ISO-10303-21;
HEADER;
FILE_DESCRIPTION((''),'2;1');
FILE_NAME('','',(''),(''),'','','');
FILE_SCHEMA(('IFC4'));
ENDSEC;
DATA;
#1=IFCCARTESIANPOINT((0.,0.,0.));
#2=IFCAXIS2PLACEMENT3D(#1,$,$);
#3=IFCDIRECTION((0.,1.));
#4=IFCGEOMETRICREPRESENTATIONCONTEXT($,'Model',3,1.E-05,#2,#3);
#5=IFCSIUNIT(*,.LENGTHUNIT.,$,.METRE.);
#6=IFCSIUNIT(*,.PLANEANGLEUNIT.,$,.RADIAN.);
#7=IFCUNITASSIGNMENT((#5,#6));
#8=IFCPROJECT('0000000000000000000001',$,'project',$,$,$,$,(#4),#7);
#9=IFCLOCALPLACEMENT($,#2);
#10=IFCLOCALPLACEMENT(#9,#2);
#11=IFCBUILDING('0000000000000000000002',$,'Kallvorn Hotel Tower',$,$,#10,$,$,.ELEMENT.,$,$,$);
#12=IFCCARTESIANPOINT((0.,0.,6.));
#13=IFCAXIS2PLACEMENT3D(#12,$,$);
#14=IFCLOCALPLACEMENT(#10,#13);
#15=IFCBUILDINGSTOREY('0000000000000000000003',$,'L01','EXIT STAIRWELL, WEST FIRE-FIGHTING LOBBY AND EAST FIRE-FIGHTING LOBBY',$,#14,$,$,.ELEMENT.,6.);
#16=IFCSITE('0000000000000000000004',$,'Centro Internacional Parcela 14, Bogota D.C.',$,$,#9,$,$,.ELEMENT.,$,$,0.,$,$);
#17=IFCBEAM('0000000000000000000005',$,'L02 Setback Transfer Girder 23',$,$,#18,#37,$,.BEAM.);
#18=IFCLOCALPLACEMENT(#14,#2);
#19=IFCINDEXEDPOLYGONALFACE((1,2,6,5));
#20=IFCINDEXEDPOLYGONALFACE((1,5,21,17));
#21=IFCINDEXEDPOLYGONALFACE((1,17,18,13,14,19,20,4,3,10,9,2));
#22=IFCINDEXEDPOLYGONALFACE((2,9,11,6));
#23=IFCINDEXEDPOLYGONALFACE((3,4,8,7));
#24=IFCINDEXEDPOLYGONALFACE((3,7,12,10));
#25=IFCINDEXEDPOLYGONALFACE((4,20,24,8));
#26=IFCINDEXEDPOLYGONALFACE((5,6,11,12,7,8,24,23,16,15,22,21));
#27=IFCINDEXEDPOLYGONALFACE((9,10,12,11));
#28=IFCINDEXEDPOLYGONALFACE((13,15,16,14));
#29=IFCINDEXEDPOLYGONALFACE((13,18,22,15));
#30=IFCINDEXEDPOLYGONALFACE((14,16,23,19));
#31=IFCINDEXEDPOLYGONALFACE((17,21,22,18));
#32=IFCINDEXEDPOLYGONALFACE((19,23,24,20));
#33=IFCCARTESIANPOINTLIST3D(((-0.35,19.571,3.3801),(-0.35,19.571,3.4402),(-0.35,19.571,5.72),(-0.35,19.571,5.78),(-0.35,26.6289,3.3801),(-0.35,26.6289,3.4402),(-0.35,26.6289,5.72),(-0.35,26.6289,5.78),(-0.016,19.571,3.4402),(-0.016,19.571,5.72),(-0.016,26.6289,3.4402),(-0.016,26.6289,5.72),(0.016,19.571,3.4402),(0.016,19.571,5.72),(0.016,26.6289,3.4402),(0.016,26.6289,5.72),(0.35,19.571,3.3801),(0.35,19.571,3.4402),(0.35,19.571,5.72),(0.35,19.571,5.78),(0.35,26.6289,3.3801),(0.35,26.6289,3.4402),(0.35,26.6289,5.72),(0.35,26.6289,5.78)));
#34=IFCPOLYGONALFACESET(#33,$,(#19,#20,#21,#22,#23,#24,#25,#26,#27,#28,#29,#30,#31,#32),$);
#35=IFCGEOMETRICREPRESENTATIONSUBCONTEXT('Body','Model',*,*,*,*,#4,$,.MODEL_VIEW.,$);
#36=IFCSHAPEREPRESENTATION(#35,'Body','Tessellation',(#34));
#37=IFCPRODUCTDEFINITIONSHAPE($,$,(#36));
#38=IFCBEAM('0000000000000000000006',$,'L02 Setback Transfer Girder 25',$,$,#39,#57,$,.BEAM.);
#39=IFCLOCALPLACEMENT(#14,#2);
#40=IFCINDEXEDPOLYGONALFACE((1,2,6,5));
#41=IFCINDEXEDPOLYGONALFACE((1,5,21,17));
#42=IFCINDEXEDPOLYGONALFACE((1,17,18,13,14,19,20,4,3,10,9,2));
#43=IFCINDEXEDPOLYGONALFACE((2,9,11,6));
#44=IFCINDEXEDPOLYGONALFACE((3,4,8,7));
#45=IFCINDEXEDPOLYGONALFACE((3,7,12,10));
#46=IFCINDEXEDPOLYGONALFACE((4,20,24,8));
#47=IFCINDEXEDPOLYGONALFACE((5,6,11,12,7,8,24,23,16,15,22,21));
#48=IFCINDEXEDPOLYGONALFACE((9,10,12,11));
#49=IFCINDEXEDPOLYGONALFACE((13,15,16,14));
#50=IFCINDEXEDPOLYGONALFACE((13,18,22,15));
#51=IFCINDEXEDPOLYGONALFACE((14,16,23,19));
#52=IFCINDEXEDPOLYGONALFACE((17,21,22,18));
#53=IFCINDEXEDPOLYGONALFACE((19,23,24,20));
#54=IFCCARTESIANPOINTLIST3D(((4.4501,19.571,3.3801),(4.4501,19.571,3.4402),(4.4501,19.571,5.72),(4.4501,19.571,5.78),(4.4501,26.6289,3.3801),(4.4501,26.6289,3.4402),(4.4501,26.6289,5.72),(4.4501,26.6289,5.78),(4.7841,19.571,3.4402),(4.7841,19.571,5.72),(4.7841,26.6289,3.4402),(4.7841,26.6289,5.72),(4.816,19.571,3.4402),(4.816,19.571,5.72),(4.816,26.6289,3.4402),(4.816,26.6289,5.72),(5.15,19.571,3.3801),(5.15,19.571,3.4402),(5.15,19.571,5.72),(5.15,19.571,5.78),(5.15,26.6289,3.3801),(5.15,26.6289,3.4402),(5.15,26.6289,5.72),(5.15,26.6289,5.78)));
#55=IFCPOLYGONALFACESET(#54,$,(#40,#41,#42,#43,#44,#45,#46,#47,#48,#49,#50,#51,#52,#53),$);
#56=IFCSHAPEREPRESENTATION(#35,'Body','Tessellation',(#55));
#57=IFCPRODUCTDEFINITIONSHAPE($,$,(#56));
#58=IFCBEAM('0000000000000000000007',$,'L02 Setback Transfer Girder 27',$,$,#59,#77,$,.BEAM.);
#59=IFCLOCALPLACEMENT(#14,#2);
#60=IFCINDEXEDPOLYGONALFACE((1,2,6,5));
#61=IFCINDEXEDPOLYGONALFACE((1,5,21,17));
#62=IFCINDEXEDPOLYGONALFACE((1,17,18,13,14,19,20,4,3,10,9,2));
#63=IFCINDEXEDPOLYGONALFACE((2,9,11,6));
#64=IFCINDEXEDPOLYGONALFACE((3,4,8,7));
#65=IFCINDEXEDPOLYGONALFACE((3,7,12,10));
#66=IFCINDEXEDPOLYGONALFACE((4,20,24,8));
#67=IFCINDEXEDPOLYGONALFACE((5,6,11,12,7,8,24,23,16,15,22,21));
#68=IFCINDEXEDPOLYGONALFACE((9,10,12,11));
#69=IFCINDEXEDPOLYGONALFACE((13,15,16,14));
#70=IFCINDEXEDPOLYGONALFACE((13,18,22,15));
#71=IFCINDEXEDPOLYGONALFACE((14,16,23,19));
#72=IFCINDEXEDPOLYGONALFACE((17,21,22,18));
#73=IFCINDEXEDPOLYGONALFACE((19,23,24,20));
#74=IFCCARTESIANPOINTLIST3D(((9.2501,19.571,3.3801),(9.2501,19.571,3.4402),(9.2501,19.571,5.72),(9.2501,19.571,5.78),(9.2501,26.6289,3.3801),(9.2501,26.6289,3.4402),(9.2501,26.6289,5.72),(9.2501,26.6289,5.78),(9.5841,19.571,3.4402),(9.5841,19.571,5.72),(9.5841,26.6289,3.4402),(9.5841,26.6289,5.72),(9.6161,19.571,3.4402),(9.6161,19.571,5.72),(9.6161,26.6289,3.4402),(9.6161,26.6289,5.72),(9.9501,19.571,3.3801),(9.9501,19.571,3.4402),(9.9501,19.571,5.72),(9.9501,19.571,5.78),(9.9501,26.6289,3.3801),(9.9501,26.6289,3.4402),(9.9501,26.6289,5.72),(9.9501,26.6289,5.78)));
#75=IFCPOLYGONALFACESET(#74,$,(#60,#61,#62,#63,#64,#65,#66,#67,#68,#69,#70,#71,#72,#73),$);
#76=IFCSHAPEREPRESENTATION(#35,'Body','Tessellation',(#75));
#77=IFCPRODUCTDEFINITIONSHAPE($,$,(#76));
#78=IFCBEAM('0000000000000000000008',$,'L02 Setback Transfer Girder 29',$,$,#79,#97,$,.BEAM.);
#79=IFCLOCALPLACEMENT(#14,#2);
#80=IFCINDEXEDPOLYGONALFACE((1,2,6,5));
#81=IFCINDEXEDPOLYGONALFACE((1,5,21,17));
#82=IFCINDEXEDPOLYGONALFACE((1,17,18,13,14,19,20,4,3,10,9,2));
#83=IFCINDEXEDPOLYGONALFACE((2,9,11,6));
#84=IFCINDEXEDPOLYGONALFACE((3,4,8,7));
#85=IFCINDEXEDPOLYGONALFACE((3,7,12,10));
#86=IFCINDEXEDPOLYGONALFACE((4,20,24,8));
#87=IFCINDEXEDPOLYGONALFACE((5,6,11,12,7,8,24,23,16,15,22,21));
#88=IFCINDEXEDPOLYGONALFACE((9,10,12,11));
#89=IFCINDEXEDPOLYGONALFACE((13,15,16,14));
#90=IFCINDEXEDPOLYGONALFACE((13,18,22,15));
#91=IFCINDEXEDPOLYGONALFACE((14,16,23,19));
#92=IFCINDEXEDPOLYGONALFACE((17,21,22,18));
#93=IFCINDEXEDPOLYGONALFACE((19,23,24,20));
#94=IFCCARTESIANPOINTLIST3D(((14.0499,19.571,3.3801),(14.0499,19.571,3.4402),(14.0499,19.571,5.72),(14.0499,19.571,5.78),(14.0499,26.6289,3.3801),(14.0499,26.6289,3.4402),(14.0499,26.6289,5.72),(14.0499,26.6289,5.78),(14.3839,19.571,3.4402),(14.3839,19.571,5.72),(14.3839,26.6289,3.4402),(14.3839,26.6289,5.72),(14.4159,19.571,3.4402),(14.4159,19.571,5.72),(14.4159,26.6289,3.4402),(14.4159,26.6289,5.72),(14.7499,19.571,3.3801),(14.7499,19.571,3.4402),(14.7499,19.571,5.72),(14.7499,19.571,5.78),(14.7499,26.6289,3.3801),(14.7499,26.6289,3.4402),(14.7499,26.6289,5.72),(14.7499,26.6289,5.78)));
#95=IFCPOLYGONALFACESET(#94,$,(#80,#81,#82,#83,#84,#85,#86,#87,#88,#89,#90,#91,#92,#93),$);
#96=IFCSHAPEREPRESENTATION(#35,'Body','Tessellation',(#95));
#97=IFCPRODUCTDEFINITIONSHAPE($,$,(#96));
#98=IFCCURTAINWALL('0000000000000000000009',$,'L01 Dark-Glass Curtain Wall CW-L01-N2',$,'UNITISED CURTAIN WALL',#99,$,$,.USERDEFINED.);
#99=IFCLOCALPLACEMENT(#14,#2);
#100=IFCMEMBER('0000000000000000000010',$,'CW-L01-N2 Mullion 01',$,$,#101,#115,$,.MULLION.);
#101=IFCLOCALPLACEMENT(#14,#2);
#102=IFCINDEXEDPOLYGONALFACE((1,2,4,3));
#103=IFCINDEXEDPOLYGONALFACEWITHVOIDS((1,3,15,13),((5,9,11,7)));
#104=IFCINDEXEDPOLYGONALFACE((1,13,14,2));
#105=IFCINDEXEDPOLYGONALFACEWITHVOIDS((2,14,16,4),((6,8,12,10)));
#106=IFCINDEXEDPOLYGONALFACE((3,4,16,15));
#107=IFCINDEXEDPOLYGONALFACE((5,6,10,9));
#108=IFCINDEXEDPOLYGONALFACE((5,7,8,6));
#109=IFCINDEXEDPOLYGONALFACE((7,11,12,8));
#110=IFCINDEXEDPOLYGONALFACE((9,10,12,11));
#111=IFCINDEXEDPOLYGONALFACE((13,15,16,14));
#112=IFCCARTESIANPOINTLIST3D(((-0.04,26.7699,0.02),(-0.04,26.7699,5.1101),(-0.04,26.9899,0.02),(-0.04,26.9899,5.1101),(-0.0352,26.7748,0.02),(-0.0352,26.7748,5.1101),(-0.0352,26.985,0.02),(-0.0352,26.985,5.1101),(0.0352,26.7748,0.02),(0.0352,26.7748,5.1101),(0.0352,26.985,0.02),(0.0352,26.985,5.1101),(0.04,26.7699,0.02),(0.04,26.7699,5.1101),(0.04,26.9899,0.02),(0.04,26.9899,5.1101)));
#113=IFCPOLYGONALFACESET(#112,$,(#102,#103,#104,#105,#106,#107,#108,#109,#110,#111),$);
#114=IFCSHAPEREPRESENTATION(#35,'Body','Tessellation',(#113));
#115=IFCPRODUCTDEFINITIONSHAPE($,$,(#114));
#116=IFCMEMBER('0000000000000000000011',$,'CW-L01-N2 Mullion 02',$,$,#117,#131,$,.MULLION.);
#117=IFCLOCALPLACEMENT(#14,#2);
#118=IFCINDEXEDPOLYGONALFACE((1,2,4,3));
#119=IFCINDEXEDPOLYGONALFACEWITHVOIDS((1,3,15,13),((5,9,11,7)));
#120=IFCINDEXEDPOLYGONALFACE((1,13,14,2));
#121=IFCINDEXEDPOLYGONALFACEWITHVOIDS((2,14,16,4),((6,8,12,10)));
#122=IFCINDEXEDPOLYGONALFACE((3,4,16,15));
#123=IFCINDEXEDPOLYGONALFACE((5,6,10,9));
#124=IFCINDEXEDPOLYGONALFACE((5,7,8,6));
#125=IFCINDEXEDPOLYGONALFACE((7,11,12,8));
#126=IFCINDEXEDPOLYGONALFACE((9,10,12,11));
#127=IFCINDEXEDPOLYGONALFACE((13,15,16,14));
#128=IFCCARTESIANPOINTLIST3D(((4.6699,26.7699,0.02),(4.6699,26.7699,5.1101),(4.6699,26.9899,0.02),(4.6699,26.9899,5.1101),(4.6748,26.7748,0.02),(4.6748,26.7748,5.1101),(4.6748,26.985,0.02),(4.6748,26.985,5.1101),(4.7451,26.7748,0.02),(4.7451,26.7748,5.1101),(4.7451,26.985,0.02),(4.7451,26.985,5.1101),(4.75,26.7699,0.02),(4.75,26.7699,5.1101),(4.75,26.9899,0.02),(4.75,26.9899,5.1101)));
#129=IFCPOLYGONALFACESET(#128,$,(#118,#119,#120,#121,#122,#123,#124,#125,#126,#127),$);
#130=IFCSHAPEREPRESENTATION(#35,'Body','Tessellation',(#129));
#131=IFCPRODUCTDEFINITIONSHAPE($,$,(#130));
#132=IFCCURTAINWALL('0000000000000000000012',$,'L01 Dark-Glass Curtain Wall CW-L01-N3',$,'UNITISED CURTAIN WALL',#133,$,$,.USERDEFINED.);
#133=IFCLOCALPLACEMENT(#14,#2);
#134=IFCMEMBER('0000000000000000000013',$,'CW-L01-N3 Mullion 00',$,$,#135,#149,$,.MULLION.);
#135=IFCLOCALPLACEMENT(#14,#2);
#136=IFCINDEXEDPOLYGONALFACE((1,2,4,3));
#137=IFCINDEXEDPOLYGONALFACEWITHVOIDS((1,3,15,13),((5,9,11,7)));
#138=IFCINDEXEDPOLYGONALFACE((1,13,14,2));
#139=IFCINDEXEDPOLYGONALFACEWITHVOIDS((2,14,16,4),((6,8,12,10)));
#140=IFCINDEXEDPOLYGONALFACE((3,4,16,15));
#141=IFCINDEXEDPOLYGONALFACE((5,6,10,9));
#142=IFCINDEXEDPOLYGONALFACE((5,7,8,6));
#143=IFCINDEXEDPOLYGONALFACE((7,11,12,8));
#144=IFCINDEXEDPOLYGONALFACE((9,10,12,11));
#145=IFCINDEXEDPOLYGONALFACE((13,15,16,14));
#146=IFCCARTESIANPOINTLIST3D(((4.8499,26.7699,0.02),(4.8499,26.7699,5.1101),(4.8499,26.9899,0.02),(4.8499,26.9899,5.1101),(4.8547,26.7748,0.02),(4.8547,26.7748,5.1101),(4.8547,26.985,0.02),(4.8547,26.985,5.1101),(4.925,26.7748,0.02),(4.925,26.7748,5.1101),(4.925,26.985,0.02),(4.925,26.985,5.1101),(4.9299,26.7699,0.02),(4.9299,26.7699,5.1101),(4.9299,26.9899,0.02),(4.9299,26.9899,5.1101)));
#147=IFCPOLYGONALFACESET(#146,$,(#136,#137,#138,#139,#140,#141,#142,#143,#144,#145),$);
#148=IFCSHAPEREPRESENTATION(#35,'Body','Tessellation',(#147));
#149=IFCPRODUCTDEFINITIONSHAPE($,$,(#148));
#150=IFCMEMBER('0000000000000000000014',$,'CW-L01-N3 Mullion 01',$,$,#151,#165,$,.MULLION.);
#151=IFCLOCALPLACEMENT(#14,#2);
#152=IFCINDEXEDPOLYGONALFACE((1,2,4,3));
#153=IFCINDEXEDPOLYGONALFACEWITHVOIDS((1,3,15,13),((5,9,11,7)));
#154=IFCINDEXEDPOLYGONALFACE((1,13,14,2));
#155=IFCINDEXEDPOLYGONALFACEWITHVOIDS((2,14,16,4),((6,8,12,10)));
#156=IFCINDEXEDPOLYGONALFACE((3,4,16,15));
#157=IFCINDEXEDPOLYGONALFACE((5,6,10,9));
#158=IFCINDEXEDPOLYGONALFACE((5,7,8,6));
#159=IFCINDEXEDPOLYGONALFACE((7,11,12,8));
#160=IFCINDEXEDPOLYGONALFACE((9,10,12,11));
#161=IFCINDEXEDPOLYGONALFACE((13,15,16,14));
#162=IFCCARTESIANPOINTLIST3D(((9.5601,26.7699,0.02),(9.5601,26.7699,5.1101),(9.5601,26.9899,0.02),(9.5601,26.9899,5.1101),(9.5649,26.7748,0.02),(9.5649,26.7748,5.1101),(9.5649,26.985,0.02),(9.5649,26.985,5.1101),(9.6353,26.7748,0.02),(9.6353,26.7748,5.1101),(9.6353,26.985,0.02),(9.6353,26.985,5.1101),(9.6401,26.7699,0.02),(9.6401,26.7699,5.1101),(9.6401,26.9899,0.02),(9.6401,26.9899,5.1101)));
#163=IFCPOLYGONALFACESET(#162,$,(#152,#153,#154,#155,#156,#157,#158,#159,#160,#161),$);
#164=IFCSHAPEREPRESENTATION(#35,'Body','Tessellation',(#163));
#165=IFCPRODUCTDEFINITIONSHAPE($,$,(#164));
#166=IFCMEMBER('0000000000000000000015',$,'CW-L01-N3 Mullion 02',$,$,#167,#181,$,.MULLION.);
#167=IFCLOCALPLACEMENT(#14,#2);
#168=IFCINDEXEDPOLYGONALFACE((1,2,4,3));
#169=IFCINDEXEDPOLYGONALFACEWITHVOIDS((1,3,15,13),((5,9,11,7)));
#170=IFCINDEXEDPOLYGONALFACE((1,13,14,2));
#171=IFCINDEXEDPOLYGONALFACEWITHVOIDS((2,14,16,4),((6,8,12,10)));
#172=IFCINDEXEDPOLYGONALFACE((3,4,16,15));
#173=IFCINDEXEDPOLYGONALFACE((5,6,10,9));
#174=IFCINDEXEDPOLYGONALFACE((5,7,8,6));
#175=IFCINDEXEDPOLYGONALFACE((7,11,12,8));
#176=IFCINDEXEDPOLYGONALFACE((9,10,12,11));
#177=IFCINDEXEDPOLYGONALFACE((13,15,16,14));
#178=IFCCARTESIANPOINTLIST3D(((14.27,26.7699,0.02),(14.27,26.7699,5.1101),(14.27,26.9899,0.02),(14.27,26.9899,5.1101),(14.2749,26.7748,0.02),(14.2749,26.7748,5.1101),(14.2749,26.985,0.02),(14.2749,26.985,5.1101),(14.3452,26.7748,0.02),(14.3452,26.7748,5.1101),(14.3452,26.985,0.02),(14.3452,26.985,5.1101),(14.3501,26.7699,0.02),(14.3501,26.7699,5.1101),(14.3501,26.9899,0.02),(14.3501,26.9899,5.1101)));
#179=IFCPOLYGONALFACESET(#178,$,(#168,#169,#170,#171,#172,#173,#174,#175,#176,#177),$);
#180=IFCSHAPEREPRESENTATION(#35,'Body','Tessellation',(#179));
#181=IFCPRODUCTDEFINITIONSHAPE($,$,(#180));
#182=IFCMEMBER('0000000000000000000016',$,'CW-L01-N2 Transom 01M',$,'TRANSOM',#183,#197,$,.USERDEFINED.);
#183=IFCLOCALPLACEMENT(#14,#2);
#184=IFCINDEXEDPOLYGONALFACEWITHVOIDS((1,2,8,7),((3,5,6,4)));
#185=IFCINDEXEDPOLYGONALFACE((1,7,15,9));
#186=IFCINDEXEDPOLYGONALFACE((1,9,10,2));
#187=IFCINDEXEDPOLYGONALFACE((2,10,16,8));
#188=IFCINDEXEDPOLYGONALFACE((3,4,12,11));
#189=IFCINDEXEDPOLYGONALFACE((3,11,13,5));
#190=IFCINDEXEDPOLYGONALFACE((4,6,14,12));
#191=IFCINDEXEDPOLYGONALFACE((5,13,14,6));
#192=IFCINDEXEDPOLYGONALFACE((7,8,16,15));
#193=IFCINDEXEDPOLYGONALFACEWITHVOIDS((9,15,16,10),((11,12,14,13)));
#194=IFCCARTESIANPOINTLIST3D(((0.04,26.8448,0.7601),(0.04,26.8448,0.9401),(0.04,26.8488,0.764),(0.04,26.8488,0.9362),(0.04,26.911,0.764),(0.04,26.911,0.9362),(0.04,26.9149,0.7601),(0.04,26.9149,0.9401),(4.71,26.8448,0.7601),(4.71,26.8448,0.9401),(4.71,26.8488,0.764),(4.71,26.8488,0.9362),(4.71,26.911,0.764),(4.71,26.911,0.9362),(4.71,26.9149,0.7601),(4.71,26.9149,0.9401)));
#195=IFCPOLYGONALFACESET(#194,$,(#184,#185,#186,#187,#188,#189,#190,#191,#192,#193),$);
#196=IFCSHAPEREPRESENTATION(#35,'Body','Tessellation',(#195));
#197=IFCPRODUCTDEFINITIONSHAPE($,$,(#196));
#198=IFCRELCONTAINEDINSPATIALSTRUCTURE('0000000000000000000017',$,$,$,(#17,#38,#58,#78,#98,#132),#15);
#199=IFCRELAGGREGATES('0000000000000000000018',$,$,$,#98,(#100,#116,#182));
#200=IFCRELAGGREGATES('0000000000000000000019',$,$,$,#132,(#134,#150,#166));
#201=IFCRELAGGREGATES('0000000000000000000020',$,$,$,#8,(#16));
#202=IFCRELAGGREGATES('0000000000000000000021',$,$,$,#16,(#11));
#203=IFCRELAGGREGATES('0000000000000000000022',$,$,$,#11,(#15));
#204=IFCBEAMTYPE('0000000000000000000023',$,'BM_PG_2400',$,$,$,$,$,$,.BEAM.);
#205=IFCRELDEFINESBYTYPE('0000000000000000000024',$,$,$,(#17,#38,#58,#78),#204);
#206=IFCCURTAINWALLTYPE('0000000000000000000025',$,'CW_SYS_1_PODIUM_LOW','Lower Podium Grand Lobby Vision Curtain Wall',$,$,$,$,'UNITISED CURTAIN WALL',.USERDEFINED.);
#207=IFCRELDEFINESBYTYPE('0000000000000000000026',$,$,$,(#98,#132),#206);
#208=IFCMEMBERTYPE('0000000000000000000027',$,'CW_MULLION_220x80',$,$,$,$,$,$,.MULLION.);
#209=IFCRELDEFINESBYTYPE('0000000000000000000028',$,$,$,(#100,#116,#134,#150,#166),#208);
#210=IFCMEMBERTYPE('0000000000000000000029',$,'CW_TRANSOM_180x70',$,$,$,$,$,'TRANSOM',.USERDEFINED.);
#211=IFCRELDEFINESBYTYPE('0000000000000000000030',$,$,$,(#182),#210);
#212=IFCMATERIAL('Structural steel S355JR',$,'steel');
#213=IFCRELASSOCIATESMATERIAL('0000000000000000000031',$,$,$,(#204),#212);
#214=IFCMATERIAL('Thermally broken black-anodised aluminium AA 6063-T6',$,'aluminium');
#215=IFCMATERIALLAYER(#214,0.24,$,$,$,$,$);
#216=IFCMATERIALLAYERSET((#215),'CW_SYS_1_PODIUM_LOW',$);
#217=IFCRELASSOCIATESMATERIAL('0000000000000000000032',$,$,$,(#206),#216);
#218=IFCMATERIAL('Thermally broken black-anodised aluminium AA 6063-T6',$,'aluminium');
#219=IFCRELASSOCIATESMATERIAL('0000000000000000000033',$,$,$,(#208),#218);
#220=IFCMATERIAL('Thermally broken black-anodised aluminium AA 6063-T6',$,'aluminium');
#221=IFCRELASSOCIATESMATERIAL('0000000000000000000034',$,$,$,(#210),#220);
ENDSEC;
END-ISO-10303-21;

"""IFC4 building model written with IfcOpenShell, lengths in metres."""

from ifc_helpers import new_model, si_unit, direction, frame, origin, origin_2d, place, context, subcontext, project, spatial, hollow_rectangle, i_section, extrude, material, layer, layer_set, material_profile, profile_set, type_object, element, aggregate, save


model = new_model("IFC4")

# Units and contexts
model_context = context("Model", 3, precision=1e-05, world=origin(), true_north=direction((0.0, 1.0)))
body_context = subcontext(model_context, "Body", "Model", "MODEL_VIEW")
ifc_project = project(units=[si_unit("LENGTHUNIT", "METRE"), si_unit("PLANEANGLEUNIT", "RADIAN")], contexts=[model_context])

# Site, building, storey
site_placement = place(None, origin())
site = spatial("IfcSite", under=ifc_project, at=site_placement, Name="Centro Internacional Parcela 14, Bogota D.C.", CompositionType="ELEMENT", RefElevation=0.0)
building_placement = place(site_placement, origin())
building = spatial("IfcBuilding", under=site, at=building_placement, Name="Kallvorn Hotel Tower", CompositionType="ELEMENT")
storey_placement = place(building_placement, frame((0.0, 0.0, 6.0)))
storey = spatial("IfcBuildingStorey", under=building, at=storey_placement, Name="L01", Description="EXIT STAIRWELL, WEST FIRE-FIGHTING LOBBY AND EAST FIRE-FIGHTING LOBBY", CompositionType="ELEMENT", Elevation=6.0)

# Beams
ifc_material_1 = material(Name="Structural steel S355JR", Category="steel")
ifc_material_profile_1 = material_profile(ifc_material_1, i_section(OverallWidth=0.7, OverallDepth=2.3999, WebThickness=0.032, FlangeThickness=0.0601, at=origin_2d()), Name="PG 2400x700x32x60")
ifc_profile_set_1 = profile_set([ifc_material_profile_1], Name="Structural steel S355JR")
beam_type_1 = type_object("IfcBeamType", Name="BM_PG_2400", PredefinedType="BEAM", material=ifc_profile_set_1)
for number, where, z_axis, x_axis, name in (
    (1, (0.0, 19.571, 4.5801), (0.0, 1.0, 0.0), (-1.0, 0.0, 0.0), "L02 Setback Transfer Girder 23"),
    (2, (4.8, 19.571, 4.5801), (0.0, 1.0, 0.0), (-1.0, 0.0, 0.0), "L02 Setback Transfer Girder 25"),
    (3, (9.6001, 19.571, 4.5801), (0.0, 1.0, 0.0), (-1.0, 0.0, 0.0), "L02 Setback Transfer Girder 27"),
    (4, (14.3999, 19.571, 4.5801), (0.0, 1.0, 0.0), (-1.0, 0.0, 0.0), "L02 Setback Transfer Girder 29"),
):
    element("IfcBeam", number, at=place(storey_placement, frame(where, z_axis=z_axis, x_axis=x_axis)), inside=storey, type_object=beam_type_1, Name=name, PredefinedType="BEAM", context=body_context, shape_type="SweptSolid", body=[
        extrude(i_section(OverallWidth=0.7, OverallDepth=2.3999, WebThickness=0.032, FlangeThickness=0.0601, at=origin_2d()), origin(), (0.0, 0.0, 1.0), 7.0579),
    ])

# Curtain walls, members
ifc_material_2 = material(Name="Thermally broken black-anodised aluminium AA 6063-T6", Category="aluminium")
ifc_layer_1 = layer(ifc_material_2, 0.24)
ifc_layer_set_1 = layer_set([ifc_layer_1], Name="CW_SYS_1_PODIUM_LOW")
curtain_wall_type = type_object("IfcCurtainWallType", Name="CW_SYS_1_PODIUM_LOW", Description="Lower Podium Grand Lobby Vision Curtain Wall", ElementType="UNITISED CURTAIN WALL", PredefinedType="USERDEFINED", material=ifc_layer_set_1)
curtain_wall_1_placement = place(storey_placement, origin())
curtain_wall_1 = element("IfcCurtainWall", 5, at=curtain_wall_1_placement, inside=storey, type_object=curtain_wall_type, Name="L01 Dark-Glass Curtain Wall CW-L01-N2", ObjectType="UNITISED CURTAIN WALL", PredefinedType="USERDEFINED")
ifc_material_3 = material(Name="Thermally broken black-anodised aluminium AA 6063-T6", Category="aluminium")
ifc_material_profile_2 = material_profile(ifc_material_3, hollow_rectangle(XDim=0.0801, YDim=0.22, WallThickness=0.0049, at=origin_2d()), Name="MUL 220x80")
ifc_profile_set_2 = profile_set([ifc_material_profile_2], Name="Thermally broken black-anodised aluminium AA 6063-T6")
member_type_1 = type_object("IfcMemberType", Name="CW_MULLION_220x80", PredefinedType="MULLION", material=ifc_profile_set_2)
member_1_placement = place(storey_placement, frame((0.0, 26.8799, 0.02), z_axis=(0.0, 0.0, 1.0), x_axis=(1.0, 0.0, 0.0)))
member_1 = element("IfcMember", 6, at=member_1_placement, type_object=member_type_1, Name="CW-L01-N2 Mullion 01", PredefinedType="MULLION", context=body_context, shape_type="SweptSolid", body=[
    extrude(hollow_rectangle(XDim=0.0801, YDim=0.22, WallThickness=0.0049, at=origin_2d()), origin(), (0.0, 0.0, 1.0), 5.0901),
])
member_2_placement = place(storey_placement, frame((4.71, 26.8799, 0.02), z_axis=(0.0, 0.0, 1.0), x_axis=(1.0, 0.0, 0.0)))
member_2 = element("IfcMember", 7, at=member_2_placement, type_object=member_type_1, Name="CW-L01-N2 Mullion 02", PredefinedType="MULLION", context=body_context, shape_type="SweptSolid", body=[
    extrude(hollow_rectangle(XDim=0.0801, YDim=0.22, WallThickness=0.0049, at=origin_2d()), origin(), (0.0, 0.0, 1.0), 5.0901),
])
curtain_wall_2_placement = place(storey_placement, origin())
curtain_wall_2 = element("IfcCurtainWall", 8, at=curtain_wall_2_placement, inside=storey, type_object=curtain_wall_type, Name="L01 Dark-Glass Curtain Wall CW-L01-N3", ObjectType="UNITISED CURTAIN WALL", PredefinedType="USERDEFINED")
member_3_placement = place(storey_placement, frame((4.8899, 26.8799, 0.02), z_axis=(0.0, 0.0, 1.0), x_axis=(1.0, 0.0, 0.0)))
member_3 = element("IfcMember", 9, at=member_3_placement, type_object=member_type_1, Name="CW-L01-N3 Mullion 00", PredefinedType="MULLION", context=body_context, shape_type="SweptSolid", body=[
    extrude(hollow_rectangle(XDim=0.0801, YDim=0.22, WallThickness=0.0049, at=origin_2d()), origin(), (0.0, 0.0, 1.0), 5.0901),
])
member_4_placement = place(storey_placement, frame((9.6001, 26.8799, 0.02), z_axis=(0.0, 0.0, 1.0), x_axis=(1.0, 0.0, 0.0)))
member_4 = element("IfcMember", 10, at=member_4_placement, type_object=member_type_1, Name="CW-L01-N3 Mullion 01", PredefinedType="MULLION", context=body_context, shape_type="SweptSolid", body=[
    extrude(hollow_rectangle(XDim=0.0801, YDim=0.22, WallThickness=0.0049, at=origin_2d()), origin(), (0.0, 0.0, 1.0), 5.0901),
])
member_5_placement = place(storey_placement, frame((14.3101, 26.8799, 0.02), z_axis=(0.0, 0.0, 1.0), x_axis=(1.0, 0.0, 0.0)))
member_5 = element("IfcMember", 11, at=member_5_placement, type_object=member_type_1, Name="CW-L01-N3 Mullion 02", PredefinedType="MULLION", context=body_context, shape_type="SweptSolid", body=[
    extrude(hollow_rectangle(XDim=0.0801, YDim=0.22, WallThickness=0.0049, at=origin_2d()), origin(), (0.0, 0.0, 1.0), 5.0901),
])

# Member
ifc_material_4 = material(Name="Thermally broken black-anodised aluminium AA 6063-T6", Category="aluminium")
ifc_material_profile_3 = material_profile(ifc_material_4, hollow_rectangle(XDim=0.0701, YDim=0.1799, WallThickness=0.0039, at=origin_2d()), Name="TRN 180x70")
ifc_profile_set_3 = profile_set([ifc_material_profile_3], Name="Thermally broken black-anodised aluminium AA 6063-T6")
member_type_2 = type_object("IfcMemberType", Name="CW_TRANSOM_180x70", ElementType="TRANSOM", PredefinedType="USERDEFINED", material=ifc_profile_set_3)
member_6_placement = place(storey_placement, frame((0.04, 26.8799, 0.8501), z_axis=(1.0, 0.0, 0.0), x_axis=(0.0, 1.0, 0.0)))
member_6 = element("IfcMember", 12, at=member_6_placement, type_object=member_type_2, Name="CW-L01-N2 Transom 01M", ObjectType="TRANSOM", PredefinedType="USERDEFINED", context=body_context, shape_type="SweptSolid", body=[
    extrude(hollow_rectangle(XDim=0.0701, YDim=0.1799, WallThickness=0.0039, at=origin_2d()), origin(), (0.0, 0.0, 1.0), 4.6699),
])

aggregate(curtain_wall_1, [member_1, member_2, member_6])
aggregate(curtain_wall_2, [member_3, member_4, member_5])

save(model, "model.ifc")
